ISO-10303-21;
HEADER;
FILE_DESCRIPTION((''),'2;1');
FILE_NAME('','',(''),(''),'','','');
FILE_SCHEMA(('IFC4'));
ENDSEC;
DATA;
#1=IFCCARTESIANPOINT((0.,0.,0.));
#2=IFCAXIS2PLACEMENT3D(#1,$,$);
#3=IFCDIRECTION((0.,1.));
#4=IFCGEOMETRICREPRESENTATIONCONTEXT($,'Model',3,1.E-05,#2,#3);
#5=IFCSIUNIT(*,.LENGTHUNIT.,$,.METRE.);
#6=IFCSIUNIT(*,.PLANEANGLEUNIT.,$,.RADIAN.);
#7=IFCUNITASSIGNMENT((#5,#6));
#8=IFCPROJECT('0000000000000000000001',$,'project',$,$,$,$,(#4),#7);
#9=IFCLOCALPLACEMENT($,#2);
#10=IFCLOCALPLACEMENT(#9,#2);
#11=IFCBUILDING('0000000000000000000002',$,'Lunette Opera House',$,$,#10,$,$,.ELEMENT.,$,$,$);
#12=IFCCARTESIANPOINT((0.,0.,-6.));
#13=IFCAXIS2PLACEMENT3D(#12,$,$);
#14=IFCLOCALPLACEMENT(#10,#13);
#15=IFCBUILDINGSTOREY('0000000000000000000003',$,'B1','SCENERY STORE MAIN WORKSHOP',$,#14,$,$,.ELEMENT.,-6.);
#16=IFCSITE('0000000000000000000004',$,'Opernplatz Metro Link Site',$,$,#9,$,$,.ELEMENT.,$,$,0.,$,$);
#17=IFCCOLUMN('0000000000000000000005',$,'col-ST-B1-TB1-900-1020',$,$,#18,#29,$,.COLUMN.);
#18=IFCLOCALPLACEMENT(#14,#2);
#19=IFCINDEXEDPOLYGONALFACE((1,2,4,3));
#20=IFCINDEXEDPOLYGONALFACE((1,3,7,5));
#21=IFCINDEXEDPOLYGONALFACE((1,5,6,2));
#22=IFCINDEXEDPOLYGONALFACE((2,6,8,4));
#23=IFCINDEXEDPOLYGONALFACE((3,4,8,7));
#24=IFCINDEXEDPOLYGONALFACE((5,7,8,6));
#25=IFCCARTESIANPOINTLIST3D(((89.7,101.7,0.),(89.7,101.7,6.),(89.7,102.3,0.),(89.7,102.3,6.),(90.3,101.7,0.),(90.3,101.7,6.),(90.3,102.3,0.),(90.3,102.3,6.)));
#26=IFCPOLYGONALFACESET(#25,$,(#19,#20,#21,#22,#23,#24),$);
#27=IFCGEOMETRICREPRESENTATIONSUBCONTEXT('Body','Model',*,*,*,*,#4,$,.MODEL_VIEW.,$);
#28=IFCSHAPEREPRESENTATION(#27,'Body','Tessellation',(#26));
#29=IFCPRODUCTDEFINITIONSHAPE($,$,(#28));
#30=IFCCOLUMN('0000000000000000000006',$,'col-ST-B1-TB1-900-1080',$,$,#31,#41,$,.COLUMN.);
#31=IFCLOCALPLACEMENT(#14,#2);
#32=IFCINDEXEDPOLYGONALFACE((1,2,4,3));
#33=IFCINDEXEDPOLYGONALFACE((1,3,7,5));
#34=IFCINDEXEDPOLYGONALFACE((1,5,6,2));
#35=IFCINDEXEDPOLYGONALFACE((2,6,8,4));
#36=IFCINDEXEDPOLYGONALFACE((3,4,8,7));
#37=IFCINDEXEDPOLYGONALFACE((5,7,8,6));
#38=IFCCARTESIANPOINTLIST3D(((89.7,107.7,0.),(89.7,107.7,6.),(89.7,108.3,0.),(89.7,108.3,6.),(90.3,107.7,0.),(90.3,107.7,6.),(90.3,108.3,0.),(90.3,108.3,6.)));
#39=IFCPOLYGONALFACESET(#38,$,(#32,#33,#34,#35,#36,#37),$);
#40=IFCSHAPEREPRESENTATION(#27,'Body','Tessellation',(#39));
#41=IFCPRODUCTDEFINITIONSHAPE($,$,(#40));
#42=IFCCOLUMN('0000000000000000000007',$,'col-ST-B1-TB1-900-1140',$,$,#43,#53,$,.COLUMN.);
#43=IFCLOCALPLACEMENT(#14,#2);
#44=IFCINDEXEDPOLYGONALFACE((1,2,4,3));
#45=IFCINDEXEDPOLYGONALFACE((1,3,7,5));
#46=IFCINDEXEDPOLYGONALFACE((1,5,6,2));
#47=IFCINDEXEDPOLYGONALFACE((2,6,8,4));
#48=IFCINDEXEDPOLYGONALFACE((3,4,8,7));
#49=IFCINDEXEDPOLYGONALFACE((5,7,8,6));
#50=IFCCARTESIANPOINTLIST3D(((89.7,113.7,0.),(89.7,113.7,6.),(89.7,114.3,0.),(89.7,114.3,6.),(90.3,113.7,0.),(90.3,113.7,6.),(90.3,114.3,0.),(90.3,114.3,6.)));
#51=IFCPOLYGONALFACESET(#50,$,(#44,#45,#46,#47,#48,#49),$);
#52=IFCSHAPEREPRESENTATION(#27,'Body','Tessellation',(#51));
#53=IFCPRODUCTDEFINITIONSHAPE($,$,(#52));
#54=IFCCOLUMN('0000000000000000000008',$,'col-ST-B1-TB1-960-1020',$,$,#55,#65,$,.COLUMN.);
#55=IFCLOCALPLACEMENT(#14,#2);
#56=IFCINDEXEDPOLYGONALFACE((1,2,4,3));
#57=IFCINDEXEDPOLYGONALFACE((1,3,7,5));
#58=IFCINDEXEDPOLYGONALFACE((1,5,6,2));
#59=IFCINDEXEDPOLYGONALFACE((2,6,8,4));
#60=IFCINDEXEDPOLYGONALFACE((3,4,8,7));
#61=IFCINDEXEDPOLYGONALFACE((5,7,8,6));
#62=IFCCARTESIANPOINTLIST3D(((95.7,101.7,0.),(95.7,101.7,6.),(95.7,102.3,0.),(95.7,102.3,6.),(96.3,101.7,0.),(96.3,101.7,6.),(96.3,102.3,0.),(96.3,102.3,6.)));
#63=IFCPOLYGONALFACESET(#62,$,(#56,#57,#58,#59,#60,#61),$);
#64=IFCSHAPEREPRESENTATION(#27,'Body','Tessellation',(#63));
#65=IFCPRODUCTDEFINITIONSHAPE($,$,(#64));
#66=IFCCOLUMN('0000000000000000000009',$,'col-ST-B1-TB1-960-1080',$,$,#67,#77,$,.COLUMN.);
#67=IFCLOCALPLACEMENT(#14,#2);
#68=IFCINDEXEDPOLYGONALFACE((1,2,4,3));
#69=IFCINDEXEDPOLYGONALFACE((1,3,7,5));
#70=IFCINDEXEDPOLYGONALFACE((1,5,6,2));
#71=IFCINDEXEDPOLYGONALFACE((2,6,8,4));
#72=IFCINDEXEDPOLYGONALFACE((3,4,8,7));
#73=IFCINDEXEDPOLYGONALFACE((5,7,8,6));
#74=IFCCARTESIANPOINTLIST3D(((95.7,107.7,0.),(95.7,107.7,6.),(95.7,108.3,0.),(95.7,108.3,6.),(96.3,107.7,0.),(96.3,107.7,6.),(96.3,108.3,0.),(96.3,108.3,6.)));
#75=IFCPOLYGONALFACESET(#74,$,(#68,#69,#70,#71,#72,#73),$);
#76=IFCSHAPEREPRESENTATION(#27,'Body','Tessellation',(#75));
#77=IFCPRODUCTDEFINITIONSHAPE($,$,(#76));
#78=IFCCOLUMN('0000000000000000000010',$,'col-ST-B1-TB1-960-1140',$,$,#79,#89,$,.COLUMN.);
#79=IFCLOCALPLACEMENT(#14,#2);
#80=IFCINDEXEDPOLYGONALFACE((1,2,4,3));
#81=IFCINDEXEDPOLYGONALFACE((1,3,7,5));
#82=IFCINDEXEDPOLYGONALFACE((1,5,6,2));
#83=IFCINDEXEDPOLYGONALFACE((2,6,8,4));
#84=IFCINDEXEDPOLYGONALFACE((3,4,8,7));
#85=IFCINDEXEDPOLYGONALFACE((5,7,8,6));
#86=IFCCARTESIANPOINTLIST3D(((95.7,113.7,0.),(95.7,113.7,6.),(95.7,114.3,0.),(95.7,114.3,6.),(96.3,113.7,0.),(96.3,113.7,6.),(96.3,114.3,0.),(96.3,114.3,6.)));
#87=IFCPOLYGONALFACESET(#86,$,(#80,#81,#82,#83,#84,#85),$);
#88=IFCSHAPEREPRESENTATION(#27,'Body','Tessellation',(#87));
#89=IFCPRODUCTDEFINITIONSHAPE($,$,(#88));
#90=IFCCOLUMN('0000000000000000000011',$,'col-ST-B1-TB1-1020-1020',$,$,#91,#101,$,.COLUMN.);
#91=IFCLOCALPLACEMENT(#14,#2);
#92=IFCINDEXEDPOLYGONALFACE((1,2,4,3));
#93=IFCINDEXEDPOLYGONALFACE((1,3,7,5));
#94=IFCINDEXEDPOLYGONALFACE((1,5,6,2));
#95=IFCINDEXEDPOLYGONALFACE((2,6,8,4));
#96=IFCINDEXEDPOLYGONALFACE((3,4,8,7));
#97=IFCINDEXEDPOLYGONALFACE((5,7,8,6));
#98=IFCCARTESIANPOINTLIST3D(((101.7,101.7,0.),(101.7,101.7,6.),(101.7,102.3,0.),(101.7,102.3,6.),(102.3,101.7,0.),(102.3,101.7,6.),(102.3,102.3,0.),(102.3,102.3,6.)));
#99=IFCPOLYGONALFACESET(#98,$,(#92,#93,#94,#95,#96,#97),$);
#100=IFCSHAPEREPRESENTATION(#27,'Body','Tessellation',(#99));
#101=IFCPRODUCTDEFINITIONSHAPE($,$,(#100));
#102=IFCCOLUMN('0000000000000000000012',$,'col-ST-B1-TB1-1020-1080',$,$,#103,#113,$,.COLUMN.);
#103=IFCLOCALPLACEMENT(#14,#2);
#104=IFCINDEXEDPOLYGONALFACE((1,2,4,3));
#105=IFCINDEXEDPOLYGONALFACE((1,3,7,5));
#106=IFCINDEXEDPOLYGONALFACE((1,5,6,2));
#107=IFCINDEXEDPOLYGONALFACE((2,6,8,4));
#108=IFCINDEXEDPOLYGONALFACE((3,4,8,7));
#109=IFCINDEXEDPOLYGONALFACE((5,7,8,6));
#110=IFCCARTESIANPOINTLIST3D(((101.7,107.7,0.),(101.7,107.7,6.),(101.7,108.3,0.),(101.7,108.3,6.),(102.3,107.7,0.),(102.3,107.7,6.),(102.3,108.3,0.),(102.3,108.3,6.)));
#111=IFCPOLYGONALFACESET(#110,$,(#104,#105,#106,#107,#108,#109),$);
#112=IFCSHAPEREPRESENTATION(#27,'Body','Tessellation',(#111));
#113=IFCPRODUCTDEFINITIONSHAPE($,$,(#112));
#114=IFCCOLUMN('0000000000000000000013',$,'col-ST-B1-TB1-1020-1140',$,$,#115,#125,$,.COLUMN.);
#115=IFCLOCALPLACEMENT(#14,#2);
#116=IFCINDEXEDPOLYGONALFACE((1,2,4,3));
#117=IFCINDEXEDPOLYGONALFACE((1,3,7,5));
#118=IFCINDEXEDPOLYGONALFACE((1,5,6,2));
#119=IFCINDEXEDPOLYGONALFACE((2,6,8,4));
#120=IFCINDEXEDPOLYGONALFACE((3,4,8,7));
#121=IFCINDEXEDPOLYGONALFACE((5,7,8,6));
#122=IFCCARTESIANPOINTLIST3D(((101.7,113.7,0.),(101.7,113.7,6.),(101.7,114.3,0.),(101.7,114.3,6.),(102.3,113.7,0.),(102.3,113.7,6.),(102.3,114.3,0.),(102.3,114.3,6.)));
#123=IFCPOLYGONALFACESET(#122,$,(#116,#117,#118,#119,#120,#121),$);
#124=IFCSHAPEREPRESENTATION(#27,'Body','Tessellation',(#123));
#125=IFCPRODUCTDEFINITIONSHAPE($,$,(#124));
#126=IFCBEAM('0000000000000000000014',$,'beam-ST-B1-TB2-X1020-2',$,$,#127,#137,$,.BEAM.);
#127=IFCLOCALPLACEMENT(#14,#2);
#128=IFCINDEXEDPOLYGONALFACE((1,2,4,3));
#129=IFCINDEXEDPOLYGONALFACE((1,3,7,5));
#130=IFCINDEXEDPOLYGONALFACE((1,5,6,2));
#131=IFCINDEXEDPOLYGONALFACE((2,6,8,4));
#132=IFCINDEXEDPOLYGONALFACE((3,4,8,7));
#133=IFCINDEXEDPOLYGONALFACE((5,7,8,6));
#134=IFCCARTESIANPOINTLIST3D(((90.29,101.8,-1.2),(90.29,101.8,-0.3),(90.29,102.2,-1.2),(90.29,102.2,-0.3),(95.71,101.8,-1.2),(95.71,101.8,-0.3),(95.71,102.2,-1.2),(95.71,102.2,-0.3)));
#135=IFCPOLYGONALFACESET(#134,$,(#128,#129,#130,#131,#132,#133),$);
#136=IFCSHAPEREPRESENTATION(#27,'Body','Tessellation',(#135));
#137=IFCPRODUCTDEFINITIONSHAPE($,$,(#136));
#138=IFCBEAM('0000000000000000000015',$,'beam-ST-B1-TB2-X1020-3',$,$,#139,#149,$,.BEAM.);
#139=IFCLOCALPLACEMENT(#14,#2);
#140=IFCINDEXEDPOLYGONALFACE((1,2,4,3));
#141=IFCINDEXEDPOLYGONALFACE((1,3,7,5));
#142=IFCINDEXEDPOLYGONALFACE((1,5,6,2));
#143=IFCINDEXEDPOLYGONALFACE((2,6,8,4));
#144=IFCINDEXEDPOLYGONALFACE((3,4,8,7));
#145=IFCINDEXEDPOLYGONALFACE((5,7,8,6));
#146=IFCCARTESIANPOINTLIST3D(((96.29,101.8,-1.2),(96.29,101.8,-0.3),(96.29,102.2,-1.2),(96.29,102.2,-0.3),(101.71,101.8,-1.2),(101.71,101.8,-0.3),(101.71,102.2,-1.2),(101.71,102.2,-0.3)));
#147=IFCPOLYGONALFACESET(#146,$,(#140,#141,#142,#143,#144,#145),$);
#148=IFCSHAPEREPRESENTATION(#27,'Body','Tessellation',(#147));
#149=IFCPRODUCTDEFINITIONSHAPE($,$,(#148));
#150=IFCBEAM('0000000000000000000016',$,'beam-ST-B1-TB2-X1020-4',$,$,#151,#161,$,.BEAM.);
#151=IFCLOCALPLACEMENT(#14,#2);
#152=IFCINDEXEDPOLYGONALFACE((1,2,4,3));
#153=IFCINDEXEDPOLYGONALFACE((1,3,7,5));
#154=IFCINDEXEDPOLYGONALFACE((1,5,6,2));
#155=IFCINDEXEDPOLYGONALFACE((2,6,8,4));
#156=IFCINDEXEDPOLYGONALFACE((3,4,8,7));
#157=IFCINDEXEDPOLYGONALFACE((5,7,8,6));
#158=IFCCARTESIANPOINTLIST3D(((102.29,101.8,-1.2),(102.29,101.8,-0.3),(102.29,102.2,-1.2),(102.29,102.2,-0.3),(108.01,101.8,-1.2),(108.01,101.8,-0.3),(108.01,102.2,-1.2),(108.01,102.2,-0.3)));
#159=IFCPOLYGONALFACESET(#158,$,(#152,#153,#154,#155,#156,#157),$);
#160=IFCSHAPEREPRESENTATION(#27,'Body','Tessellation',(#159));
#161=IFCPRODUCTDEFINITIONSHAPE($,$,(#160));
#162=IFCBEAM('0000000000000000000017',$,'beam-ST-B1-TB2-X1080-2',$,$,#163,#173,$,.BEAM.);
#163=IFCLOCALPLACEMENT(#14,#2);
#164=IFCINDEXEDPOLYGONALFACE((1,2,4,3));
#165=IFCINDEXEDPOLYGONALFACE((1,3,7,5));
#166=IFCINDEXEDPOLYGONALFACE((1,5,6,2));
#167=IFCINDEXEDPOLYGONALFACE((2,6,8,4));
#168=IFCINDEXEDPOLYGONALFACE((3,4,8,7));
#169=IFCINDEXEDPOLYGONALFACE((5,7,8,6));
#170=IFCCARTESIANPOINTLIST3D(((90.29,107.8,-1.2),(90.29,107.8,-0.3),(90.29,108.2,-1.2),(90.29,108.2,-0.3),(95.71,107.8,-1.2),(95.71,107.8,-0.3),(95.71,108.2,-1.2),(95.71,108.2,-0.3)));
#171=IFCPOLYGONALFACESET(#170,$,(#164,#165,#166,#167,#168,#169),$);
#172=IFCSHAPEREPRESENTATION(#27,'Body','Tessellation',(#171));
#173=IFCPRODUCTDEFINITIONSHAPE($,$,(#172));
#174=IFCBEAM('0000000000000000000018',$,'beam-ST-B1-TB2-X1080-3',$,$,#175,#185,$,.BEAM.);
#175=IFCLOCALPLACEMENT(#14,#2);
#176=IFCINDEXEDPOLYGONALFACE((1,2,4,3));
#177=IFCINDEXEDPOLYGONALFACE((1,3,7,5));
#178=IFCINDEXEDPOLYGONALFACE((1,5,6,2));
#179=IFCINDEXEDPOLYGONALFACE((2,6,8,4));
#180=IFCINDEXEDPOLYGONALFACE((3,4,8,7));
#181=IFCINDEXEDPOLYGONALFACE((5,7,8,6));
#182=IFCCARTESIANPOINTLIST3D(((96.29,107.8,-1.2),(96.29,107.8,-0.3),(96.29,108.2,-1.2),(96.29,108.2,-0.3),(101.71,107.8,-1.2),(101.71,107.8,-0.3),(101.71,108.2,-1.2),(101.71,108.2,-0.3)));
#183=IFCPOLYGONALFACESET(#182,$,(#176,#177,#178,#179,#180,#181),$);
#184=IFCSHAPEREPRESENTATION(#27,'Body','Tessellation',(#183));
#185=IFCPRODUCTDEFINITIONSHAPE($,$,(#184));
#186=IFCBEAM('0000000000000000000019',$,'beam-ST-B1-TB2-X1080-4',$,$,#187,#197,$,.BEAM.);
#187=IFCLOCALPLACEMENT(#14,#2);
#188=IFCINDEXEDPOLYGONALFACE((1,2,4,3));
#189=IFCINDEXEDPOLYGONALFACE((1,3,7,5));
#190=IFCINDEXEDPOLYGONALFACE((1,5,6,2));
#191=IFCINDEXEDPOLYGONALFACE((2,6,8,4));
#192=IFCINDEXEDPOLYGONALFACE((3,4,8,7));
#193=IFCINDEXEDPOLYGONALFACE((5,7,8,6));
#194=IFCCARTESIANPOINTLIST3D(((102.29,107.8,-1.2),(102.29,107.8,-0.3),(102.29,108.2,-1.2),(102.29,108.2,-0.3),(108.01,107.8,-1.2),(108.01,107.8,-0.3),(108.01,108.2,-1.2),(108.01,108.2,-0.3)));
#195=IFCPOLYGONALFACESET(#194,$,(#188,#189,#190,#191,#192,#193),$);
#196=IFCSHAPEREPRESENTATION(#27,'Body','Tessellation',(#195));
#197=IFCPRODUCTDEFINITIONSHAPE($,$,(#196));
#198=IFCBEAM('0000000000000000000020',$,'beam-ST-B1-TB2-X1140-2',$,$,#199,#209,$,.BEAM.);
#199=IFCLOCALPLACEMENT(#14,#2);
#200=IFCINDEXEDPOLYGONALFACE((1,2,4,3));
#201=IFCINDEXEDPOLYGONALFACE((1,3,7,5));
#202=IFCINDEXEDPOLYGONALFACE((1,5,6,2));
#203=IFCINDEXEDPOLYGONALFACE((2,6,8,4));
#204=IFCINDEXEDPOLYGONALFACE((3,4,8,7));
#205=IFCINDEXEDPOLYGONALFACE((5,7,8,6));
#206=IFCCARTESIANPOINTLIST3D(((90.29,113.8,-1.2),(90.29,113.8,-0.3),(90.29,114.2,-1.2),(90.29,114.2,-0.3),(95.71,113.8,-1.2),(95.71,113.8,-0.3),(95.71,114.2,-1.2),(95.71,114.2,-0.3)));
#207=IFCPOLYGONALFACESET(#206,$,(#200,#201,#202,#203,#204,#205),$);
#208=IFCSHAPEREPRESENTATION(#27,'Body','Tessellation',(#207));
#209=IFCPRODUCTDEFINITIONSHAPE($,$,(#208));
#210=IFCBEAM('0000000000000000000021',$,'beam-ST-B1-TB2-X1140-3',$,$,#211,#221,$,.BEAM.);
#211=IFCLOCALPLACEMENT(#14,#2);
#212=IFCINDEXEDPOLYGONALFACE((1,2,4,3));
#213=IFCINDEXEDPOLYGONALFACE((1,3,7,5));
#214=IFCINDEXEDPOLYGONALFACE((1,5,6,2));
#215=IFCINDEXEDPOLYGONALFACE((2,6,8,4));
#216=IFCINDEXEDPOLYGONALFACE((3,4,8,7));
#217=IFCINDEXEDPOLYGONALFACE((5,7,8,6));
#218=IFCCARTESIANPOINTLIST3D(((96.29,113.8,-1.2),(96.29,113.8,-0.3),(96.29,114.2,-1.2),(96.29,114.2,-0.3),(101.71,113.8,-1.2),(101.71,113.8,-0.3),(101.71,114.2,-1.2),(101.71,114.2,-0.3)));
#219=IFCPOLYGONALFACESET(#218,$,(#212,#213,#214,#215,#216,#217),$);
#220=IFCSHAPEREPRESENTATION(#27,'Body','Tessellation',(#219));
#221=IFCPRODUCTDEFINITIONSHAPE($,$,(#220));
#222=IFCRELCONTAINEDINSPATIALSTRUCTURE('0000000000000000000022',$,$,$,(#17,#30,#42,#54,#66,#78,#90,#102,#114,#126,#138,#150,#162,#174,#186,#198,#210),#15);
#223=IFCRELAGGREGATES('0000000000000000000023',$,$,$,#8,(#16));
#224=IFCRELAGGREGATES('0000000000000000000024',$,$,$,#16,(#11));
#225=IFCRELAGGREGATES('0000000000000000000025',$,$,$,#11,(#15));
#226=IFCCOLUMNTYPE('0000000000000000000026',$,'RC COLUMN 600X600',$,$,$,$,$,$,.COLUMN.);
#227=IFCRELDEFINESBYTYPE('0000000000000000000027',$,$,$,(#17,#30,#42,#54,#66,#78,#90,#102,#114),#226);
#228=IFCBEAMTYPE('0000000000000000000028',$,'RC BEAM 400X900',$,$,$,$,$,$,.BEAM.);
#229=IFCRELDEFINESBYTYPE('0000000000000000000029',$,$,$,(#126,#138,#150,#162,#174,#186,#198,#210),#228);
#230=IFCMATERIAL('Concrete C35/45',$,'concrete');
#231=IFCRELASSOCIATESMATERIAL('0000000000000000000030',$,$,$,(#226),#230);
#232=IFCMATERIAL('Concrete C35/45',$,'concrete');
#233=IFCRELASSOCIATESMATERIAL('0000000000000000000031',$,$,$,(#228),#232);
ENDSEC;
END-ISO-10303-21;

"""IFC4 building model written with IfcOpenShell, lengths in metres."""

from ifc_helpers import new_model, si_unit, direction, frame, origin, origin_2d, place, context, subcontext, project, spatial, rectangle, extrude, material, material_profile, profile_set, type_object, element, save


model = new_model("IFC4")

# Units and contexts
model_context = context("Model", 3, precision=1e-05, world=origin(), true_north=direction((0.0, 1.0)))
body_context = subcontext(model_context, "Body", "Model", "MODEL_VIEW")
ifc_project = project(units=[si_unit("LENGTHUNIT", "METRE"), si_unit("PLANEANGLEUNIT", "RADIAN")], contexts=[model_context])

# Site, building, storey
site_placement = place(None, origin())
site = spatial("IfcSite", under=ifc_project, at=site_placement, Name="Opernplatz Metro Link Site", CompositionType="ELEMENT", RefElevation=0.0)
building_placement = place(site_placement, origin())
building = spatial("IfcBuilding", under=site, at=building_placement, Name="Lunette Opera House", CompositionType="ELEMENT")
storey_placement = place(building_placement, frame((0.0, 0.0, -6.0)))
storey = spatial("IfcBuildingStorey", under=building, at=storey_placement, Name="B1", Description="SCENERY STORE MAIN WORKSHOP", CompositionType="ELEMENT", Elevation=-6.0)

# Columns
ifc_material_1 = material(Name="Concrete C35/45", Category="concrete")
ifc_material_profile_1 = material_profile(ifc_material_1, rectangle(XDim=0.6001, YDim=0.6001, at=origin_2d()), Name="RC COLUMN 600X600")
ifc_profile_set_1 = profile_set([ifc_material_profile_1], Name="Concrete C35/45")
column_type = type_object("IfcColumnType", Name="RC COLUMN 600X600", PredefinedType="COLUMN", material=ifc_profile_set_1)
for number, where, z_axis, x_axis, name in (
    (1, (90.0, 102.0, 0.0), (0.0, 0.0, 1.0), (1.0, 0.0, 0.0), "col-ST-B1-TB1-900-1020"),
    (2, (90.0, 108.0, 0.0), (0.0, 0.0, 1.0), (1.0, 0.0, 0.0), "col-ST-B1-TB1-900-1080"),
    (3, (90.0, 114.0, 0.0), (0.0, 0.0, 1.0), (1.0, 0.0, 0.0), "col-ST-B1-TB1-900-1140"),
    (4, (96.0, 102.0, 0.0), (0.0, 0.0, 1.0), (1.0, 0.0, 0.0), "col-ST-B1-TB1-960-1020"),
    (5, (96.0, 108.0, 0.0), (0.0, 0.0, 1.0), (1.0, 0.0, 0.0), "col-ST-B1-TB1-960-1080"),
    (6, (96.0, 114.0, 0.0), (0.0, 0.0, 1.0), (1.0, 0.0, 0.0), "col-ST-B1-TB1-960-1140"),
    (7, (102.0, 102.0, 0.0), (0.0, 0.0, 1.0), (1.0, 0.0, 0.0), "col-ST-B1-TB1-1020-1020"),
    (8, (102.0, 108.0, 0.0), (0.0, 0.0, 1.0), (1.0, 0.0, 0.0), "col-ST-B1-TB1-1020-1080"),
    (9, (102.0, 114.0, 0.0), (0.0, 0.0, 1.0), (1.0, 0.0, 0.0), "col-ST-B1-TB1-1020-1140"),
):
    element("IfcColumn", number, at=place(storey_placement, frame(where, z_axis=z_axis, x_axis=x_axis)), inside=storey, type_object=column_type, Name=name, PredefinedType="COLUMN", context=body_context, shape_type="SweptSolid", body=[
        extrude(rectangle(XDim=0.6001, YDim=0.6001, at=origin_2d()), origin(), (0.0, 0.0, 1.0), 6.0),
    ])

# Beams
ifc_material_2 = material(Name="Concrete C35/45", Category="concrete")
ifc_material_profile_2 = material_profile(ifc_material_2, rectangle(XDim=0.3999, YDim=0.8999, at=origin_2d()), Name="RC BEAM 400X900")
ifc_profile_set_2 = profile_set([ifc_material_profile_2], Name="Concrete C35/45")
beam_type = type_object("IfcBeamType", Name="RC BEAM 400X900", PredefinedType="BEAM", material=ifc_profile_set_2)
for number, where, z_axis, x_axis, name in (
    (10, (90.29, 102.0, -0.75), (1.0, 0.0, 0.0), (0.0, 1.0, 0.0), "beam-ST-B1-TB2-X1020-2"),
    (11, (96.29, 102.0, -0.75), (1.0, 0.0, 0.0), (0.0, 1.0, 0.0), "beam-ST-B1-TB2-X1020-3"),
):
    element("IfcBeam", number, at=place(storey_placement, frame(where, z_axis=z_axis, x_axis=x_axis)), inside=storey, type_object=beam_type, Name=name, PredefinedType="BEAM", context=body_context, shape_type="SweptSolid", body=[
        extrude(rectangle(XDim=0.3999, YDim=0.8999, at=origin_2d()), origin(), (0.0, 0.0, 1.0), 5.4199),
    ])
beam_1_placement = place(storey_placement, frame((102.29, 102.0, -0.75), z_axis=(1.0, 0.0, 0.0), x_axis=(0.0, 1.0, 0.0)))
element("IfcBeam", 12, at=beam_1_placement, inside=storey, type_object=beam_type, Name="beam-ST-B1-TB2-X1020-4", PredefinedType="BEAM", context=body_context, shape_type="SweptSolid", body=[
    extrude(rectangle(XDim=0.3999, YDim=0.8999, at=origin_2d()), origin(), (0.0, 0.0, 1.0), 5.72),
])
for number, where, z_axis, x_axis, name in (
    (13, (90.29, 108.0, -0.75), (1.0, 0.0, 0.0), (0.0, 1.0, 0.0), "beam-ST-B1-TB2-X1080-2"),
    (14, (96.29, 108.0, -0.75), (1.0, 0.0, 0.0), (0.0, 1.0, 0.0), "beam-ST-B1-TB2-X1080-3"),
):
    element("IfcBeam", number, at=place(storey_placement, frame(where, z_axis=z_axis, x_axis=x_axis)), inside=storey, type_object=beam_type, Name=name, PredefinedType="BEAM", context=body_context, shape_type="SweptSolid", body=[
        extrude(rectangle(XDim=0.3999, YDim=0.8999, at=origin_2d()), origin(), (0.0, 0.0, 1.0), 5.4199),
    ])
beam_2_placement = place(storey_placement, frame((102.29, 108.0, -0.75), z_axis=(1.0, 0.0, 0.0), x_axis=(0.0, 1.0, 0.0)))
element("IfcBeam", 15, at=beam_2_placement, inside=storey, type_object=beam_type, Name="beam-ST-B1-TB2-X1080-4", PredefinedType="BEAM", context=body_context, shape_type="SweptSolid", body=[
    extrude(rectangle(XDim=0.3999, YDim=0.8999, at=origin_2d()), origin(), (0.0, 0.0, 1.0), 5.72),
])
for number, where, z_axis, x_axis, name in (
    (16, (90.29, 114.0, -0.75), (1.0, 0.0, 0.0), (0.0, 1.0, 0.0), "beam-ST-B1-TB2-X1140-2"),
    (17, (96.29, 114.0, -0.75), (1.0, 0.0, 0.0), (0.0, 1.0, 0.0), "beam-ST-B1-TB2-X1140-3"),
):
    element("IfcBeam", number, at=place(storey_placement, frame(where, z_axis=z_axis, x_axis=x_axis)), inside=storey, type_object=beam_type, Name=name, PredefinedType="BEAM", context=body_context, shape_type="SweptSolid", body=[
        extrude(rectangle(XDim=0.3999, YDim=0.8999, at=origin_2d()), origin(), (0.0, 0.0, 1.0), 5.4199),
    ])

save(model, "model.ifc")
